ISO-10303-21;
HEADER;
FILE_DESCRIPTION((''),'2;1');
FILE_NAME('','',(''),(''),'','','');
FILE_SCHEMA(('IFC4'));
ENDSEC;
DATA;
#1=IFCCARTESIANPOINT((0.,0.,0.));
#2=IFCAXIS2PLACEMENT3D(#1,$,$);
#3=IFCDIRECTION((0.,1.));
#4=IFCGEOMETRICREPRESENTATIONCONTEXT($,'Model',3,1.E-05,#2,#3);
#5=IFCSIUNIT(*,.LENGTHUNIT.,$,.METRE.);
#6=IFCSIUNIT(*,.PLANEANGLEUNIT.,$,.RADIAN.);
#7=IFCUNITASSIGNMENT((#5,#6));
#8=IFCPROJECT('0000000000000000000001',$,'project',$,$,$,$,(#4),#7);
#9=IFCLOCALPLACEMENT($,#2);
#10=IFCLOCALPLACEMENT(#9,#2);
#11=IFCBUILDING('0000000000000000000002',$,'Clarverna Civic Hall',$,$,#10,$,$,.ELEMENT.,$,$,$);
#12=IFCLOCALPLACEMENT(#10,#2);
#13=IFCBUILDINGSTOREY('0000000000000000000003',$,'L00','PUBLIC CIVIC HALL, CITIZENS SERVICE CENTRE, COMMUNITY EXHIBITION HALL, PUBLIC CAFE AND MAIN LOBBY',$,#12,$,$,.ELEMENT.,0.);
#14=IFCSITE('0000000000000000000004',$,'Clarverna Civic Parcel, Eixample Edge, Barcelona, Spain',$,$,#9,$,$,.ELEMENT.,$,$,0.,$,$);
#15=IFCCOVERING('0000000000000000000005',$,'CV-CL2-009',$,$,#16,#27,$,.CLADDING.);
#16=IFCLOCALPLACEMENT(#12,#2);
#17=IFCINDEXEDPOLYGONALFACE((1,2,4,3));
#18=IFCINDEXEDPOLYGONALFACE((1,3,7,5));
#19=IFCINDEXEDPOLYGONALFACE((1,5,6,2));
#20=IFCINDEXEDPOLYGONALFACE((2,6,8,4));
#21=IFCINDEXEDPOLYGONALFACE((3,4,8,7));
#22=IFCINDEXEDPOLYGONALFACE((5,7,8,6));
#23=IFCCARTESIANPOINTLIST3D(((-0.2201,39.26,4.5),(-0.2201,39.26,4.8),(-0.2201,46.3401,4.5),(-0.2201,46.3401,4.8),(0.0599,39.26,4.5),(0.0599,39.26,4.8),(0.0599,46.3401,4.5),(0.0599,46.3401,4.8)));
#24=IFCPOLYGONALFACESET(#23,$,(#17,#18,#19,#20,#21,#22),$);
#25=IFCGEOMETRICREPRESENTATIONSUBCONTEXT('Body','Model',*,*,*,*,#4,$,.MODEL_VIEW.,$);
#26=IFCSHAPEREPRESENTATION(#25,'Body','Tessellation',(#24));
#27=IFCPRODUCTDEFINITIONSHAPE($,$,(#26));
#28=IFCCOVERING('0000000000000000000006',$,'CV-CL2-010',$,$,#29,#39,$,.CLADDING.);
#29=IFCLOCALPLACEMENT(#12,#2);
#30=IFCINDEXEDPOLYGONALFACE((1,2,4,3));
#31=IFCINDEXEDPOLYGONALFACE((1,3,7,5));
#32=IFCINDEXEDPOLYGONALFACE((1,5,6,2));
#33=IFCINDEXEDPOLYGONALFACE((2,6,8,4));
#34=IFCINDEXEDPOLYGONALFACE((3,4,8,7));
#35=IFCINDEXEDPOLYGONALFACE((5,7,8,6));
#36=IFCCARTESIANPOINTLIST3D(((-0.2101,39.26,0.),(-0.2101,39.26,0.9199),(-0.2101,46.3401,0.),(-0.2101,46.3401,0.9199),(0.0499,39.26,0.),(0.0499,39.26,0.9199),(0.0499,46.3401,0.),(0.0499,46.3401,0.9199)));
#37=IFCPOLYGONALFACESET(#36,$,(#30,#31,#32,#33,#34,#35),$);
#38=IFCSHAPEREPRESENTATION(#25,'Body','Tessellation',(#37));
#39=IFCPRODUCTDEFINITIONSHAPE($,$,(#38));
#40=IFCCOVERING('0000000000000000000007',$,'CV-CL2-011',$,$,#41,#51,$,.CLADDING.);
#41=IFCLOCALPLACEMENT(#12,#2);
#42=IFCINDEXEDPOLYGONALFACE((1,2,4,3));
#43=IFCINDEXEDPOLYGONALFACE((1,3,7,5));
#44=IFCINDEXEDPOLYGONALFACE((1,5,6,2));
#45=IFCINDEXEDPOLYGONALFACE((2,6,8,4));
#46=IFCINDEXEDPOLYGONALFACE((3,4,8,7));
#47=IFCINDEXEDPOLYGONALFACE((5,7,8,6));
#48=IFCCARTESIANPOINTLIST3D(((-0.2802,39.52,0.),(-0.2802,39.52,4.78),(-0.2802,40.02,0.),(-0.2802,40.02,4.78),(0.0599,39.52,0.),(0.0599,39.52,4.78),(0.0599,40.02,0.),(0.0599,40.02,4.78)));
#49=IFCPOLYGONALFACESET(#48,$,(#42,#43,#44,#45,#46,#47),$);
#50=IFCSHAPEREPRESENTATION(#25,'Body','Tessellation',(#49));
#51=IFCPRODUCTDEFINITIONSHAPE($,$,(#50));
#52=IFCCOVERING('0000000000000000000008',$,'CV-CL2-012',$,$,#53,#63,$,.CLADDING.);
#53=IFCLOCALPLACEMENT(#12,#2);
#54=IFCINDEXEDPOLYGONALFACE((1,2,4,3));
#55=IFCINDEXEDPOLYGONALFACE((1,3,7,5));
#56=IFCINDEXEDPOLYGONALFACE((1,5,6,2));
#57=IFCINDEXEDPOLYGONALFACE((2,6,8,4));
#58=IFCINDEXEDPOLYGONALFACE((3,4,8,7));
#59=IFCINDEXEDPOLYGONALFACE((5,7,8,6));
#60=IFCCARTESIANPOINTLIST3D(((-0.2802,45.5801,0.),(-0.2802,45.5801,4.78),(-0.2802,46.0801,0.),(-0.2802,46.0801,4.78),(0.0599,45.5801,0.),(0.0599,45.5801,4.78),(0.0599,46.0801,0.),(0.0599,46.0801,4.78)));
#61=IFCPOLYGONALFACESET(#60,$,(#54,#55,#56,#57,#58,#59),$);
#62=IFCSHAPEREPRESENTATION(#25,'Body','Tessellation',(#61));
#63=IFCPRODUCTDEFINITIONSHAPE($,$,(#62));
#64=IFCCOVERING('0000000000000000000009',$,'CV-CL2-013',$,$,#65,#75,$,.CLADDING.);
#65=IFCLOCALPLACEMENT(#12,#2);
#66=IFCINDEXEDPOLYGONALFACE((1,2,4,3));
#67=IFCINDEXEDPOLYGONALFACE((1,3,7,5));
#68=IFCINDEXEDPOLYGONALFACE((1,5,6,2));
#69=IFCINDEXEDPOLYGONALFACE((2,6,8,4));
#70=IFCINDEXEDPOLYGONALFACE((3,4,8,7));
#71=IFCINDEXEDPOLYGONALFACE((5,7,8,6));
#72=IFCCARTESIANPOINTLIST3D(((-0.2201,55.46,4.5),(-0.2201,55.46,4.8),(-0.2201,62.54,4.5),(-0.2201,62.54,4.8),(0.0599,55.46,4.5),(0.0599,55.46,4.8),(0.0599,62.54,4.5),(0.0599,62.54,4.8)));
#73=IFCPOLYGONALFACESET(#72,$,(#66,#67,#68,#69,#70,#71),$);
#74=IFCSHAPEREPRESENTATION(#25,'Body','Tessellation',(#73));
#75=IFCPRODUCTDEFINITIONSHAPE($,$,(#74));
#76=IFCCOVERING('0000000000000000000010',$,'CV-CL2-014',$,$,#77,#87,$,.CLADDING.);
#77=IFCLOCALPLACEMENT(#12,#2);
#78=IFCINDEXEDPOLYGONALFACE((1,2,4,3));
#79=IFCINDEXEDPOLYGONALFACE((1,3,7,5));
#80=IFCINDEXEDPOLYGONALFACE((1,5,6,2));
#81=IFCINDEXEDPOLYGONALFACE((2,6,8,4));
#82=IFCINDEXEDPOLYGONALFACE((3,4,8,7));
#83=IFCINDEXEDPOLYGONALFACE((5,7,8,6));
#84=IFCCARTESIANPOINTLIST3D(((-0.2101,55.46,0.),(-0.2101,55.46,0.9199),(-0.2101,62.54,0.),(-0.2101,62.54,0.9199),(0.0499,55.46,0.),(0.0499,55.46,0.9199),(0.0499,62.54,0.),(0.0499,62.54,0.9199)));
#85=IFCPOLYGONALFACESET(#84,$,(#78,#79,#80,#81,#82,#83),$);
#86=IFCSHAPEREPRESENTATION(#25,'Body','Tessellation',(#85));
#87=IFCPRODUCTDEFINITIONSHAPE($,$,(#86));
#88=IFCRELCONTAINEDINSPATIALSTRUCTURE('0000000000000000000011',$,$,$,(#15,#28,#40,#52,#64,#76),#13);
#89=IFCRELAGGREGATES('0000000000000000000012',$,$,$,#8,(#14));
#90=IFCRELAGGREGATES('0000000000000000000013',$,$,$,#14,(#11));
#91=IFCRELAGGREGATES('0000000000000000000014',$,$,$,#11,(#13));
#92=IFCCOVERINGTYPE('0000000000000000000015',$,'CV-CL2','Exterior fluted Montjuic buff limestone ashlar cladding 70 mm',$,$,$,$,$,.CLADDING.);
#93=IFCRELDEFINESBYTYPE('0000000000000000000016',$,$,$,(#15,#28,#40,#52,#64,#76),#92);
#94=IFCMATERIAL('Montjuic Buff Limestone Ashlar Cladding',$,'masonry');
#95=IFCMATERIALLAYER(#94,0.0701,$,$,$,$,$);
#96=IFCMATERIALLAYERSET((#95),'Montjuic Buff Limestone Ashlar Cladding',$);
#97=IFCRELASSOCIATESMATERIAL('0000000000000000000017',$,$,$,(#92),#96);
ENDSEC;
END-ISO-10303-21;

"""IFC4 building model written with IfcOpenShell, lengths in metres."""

from ifc_helpers import new_model, si_unit, direction, frame, frame_2d, origin, place, context, subcontext, project, spatial, rectangle, extrude, material, layer, layer_set, type_object, element, save


model = new_model("IFC4")

# Units and contexts
model_context = context("Model", 3, precision=1e-05, world=origin(), true_north=direction((0.0, 1.0)))
body_context = subcontext(model_context, "Body", "Model", "MODEL_VIEW")
ifc_project = project(units=[si_unit("LENGTHUNIT", "METRE"), si_unit("PLANEANGLEUNIT", "RADIAN")], contexts=[model_context])

# Site, building, storey
site_placement = place(None, origin())
site = spatial("IfcSite", under=ifc_project, at=site_placement, Name="Clarverna Civic Parcel, Eixample Edge, Barcelona, Spain", CompositionType="ELEMENT", RefElevation=0.0)
building_placement = place(site_placement, origin())
building = spatial("IfcBuilding", under=site, at=building_placement, Name="Clarverna Civic Hall", CompositionType="ELEMENT")
storey_placement = place(building_placement, origin())
storey = spatial("IfcBuildingStorey", under=building, at=storey_placement, Name="L00", Description="PUBLIC CIVIC HALL, CITIZENS SERVICE CENTRE, COMMUNITY EXHIBITION HALL, PUBLIC CAFE AND MAIN LOBBY", CompositionType="ELEMENT", Elevation=0.0)

# Coverings
ifc_material_1 = material(Name="Montjuic Buff Limestone Ashlar Cladding", Category="masonry")
ifc_layer_1 = layer(ifc_material_1, 0.0701)
ifc_layer_set_1 = layer_set([ifc_layer_1], Name="Montjuic Buff Limestone Ashlar Cladding")
covering_type = type_object("IfcCoveringType", Name="CV-CL2", Description="Exterior fluted Montjuic buff limestone ashlar cladding 70 mm", PredefinedType="CLADDING", material=ifc_layer_set_1)
covering_1_placement = place(storey_placement, frame((-0.0801, 39.26, 4.5), z_axis=(0.0, 0.0, 1.0), x_axis=(0.0, 1.0, 0.0)))
element("IfcCovering", 1, at=covering_1_placement, inside=storey, type_object=covering_type, Name="CV-CL2-009", PredefinedType="CLADDING", context=body_context, shape_type="SweptSolid", body=[
    extrude(rectangle(XDim=7.0801, YDim=0.28, at=frame_2d((3.54, 0.0))), origin(), (0.0, 0.0, 1.0), 0.3),
])
covering_2_placement = place(storey_placement, frame((-0.0801, 39.26, 0.0), z_axis=(0.0, 0.0, 1.0), x_axis=(0.0, 1.0, 0.0)))
element("IfcCovering", 2, at=covering_2_placement, inside=storey, type_object=covering_type, Name="CV-CL2-010", PredefinedType="CLADDING", context=body_context, shape_type="SweptSolid", body=[
    extrude(rectangle(XDim=7.0801, YDim=0.26, at=frame_2d((3.54, 0.0))), origin(), (0.0, 0.0, 1.0), 0.9199),
])
for number, where, z_axis, x_axis, name in (
    (3, (-0.1101, 39.52, 0.0), (0.0, 0.0, 1.0), (0.0, 1.0, 0.0), "CV-CL2-011"),
    (4, (-0.1101, 45.5801, 0.0), (0.0, 0.0, 1.0), (0.0, 1.0, 0.0), "CV-CL2-012"),
):
    element("IfcCovering", number, at=place(storey_placement, frame(where, z_axis=z_axis, x_axis=x_axis)), inside=storey, type_object=covering_type, Name=name, PredefinedType="CLADDING", context=body_context, shape_type="SweptSolid", body=[
        extrude(rectangle(XDim=0.5, YDim=0.3401, at=frame_2d((0.25, 0.0))), origin(), (0.0, 0.0, 1.0), 4.78),
    ])
covering_3_placement = place(storey_placement, frame((-0.0801, 55.46, 4.5), z_axis=(0.0, 0.0, 1.0), x_axis=(0.0, 1.0, 0.0)))
element("IfcCovering", 5, at=covering_3_placement, inside=storey, type_object=covering_type, Name="CV-CL2-013", PredefinedType="CLADDING", context=body_context, shape_type="SweptSolid", body=[
    extrude(rectangle(XDim=7.0801, YDim=0.28, at=frame_2d((3.54, 0.0))), origin(), (0.0, 0.0, 1.0), 0.3),
])
covering_4_placement = place(storey_placement, frame((-0.0801, 55.46, 0.0), z_axis=(0.0, 0.0, 1.0), x_axis=(0.0, 1.0, 0.0)))
element("IfcCovering", 6, at=covering_4_placement, inside=storey, type_object=covering_type, Name="CV-CL2-014", PredefinedType="CLADDING", context=body_context, shape_type="SweptSolid", body=[
    extrude(rectangle(XDim=7.0801, YDim=0.26, at=frame_2d((3.54, 0.0))), origin(), (0.0, 0.0, 1.0), 0.9199),
])

save(model, "model.ifc")
